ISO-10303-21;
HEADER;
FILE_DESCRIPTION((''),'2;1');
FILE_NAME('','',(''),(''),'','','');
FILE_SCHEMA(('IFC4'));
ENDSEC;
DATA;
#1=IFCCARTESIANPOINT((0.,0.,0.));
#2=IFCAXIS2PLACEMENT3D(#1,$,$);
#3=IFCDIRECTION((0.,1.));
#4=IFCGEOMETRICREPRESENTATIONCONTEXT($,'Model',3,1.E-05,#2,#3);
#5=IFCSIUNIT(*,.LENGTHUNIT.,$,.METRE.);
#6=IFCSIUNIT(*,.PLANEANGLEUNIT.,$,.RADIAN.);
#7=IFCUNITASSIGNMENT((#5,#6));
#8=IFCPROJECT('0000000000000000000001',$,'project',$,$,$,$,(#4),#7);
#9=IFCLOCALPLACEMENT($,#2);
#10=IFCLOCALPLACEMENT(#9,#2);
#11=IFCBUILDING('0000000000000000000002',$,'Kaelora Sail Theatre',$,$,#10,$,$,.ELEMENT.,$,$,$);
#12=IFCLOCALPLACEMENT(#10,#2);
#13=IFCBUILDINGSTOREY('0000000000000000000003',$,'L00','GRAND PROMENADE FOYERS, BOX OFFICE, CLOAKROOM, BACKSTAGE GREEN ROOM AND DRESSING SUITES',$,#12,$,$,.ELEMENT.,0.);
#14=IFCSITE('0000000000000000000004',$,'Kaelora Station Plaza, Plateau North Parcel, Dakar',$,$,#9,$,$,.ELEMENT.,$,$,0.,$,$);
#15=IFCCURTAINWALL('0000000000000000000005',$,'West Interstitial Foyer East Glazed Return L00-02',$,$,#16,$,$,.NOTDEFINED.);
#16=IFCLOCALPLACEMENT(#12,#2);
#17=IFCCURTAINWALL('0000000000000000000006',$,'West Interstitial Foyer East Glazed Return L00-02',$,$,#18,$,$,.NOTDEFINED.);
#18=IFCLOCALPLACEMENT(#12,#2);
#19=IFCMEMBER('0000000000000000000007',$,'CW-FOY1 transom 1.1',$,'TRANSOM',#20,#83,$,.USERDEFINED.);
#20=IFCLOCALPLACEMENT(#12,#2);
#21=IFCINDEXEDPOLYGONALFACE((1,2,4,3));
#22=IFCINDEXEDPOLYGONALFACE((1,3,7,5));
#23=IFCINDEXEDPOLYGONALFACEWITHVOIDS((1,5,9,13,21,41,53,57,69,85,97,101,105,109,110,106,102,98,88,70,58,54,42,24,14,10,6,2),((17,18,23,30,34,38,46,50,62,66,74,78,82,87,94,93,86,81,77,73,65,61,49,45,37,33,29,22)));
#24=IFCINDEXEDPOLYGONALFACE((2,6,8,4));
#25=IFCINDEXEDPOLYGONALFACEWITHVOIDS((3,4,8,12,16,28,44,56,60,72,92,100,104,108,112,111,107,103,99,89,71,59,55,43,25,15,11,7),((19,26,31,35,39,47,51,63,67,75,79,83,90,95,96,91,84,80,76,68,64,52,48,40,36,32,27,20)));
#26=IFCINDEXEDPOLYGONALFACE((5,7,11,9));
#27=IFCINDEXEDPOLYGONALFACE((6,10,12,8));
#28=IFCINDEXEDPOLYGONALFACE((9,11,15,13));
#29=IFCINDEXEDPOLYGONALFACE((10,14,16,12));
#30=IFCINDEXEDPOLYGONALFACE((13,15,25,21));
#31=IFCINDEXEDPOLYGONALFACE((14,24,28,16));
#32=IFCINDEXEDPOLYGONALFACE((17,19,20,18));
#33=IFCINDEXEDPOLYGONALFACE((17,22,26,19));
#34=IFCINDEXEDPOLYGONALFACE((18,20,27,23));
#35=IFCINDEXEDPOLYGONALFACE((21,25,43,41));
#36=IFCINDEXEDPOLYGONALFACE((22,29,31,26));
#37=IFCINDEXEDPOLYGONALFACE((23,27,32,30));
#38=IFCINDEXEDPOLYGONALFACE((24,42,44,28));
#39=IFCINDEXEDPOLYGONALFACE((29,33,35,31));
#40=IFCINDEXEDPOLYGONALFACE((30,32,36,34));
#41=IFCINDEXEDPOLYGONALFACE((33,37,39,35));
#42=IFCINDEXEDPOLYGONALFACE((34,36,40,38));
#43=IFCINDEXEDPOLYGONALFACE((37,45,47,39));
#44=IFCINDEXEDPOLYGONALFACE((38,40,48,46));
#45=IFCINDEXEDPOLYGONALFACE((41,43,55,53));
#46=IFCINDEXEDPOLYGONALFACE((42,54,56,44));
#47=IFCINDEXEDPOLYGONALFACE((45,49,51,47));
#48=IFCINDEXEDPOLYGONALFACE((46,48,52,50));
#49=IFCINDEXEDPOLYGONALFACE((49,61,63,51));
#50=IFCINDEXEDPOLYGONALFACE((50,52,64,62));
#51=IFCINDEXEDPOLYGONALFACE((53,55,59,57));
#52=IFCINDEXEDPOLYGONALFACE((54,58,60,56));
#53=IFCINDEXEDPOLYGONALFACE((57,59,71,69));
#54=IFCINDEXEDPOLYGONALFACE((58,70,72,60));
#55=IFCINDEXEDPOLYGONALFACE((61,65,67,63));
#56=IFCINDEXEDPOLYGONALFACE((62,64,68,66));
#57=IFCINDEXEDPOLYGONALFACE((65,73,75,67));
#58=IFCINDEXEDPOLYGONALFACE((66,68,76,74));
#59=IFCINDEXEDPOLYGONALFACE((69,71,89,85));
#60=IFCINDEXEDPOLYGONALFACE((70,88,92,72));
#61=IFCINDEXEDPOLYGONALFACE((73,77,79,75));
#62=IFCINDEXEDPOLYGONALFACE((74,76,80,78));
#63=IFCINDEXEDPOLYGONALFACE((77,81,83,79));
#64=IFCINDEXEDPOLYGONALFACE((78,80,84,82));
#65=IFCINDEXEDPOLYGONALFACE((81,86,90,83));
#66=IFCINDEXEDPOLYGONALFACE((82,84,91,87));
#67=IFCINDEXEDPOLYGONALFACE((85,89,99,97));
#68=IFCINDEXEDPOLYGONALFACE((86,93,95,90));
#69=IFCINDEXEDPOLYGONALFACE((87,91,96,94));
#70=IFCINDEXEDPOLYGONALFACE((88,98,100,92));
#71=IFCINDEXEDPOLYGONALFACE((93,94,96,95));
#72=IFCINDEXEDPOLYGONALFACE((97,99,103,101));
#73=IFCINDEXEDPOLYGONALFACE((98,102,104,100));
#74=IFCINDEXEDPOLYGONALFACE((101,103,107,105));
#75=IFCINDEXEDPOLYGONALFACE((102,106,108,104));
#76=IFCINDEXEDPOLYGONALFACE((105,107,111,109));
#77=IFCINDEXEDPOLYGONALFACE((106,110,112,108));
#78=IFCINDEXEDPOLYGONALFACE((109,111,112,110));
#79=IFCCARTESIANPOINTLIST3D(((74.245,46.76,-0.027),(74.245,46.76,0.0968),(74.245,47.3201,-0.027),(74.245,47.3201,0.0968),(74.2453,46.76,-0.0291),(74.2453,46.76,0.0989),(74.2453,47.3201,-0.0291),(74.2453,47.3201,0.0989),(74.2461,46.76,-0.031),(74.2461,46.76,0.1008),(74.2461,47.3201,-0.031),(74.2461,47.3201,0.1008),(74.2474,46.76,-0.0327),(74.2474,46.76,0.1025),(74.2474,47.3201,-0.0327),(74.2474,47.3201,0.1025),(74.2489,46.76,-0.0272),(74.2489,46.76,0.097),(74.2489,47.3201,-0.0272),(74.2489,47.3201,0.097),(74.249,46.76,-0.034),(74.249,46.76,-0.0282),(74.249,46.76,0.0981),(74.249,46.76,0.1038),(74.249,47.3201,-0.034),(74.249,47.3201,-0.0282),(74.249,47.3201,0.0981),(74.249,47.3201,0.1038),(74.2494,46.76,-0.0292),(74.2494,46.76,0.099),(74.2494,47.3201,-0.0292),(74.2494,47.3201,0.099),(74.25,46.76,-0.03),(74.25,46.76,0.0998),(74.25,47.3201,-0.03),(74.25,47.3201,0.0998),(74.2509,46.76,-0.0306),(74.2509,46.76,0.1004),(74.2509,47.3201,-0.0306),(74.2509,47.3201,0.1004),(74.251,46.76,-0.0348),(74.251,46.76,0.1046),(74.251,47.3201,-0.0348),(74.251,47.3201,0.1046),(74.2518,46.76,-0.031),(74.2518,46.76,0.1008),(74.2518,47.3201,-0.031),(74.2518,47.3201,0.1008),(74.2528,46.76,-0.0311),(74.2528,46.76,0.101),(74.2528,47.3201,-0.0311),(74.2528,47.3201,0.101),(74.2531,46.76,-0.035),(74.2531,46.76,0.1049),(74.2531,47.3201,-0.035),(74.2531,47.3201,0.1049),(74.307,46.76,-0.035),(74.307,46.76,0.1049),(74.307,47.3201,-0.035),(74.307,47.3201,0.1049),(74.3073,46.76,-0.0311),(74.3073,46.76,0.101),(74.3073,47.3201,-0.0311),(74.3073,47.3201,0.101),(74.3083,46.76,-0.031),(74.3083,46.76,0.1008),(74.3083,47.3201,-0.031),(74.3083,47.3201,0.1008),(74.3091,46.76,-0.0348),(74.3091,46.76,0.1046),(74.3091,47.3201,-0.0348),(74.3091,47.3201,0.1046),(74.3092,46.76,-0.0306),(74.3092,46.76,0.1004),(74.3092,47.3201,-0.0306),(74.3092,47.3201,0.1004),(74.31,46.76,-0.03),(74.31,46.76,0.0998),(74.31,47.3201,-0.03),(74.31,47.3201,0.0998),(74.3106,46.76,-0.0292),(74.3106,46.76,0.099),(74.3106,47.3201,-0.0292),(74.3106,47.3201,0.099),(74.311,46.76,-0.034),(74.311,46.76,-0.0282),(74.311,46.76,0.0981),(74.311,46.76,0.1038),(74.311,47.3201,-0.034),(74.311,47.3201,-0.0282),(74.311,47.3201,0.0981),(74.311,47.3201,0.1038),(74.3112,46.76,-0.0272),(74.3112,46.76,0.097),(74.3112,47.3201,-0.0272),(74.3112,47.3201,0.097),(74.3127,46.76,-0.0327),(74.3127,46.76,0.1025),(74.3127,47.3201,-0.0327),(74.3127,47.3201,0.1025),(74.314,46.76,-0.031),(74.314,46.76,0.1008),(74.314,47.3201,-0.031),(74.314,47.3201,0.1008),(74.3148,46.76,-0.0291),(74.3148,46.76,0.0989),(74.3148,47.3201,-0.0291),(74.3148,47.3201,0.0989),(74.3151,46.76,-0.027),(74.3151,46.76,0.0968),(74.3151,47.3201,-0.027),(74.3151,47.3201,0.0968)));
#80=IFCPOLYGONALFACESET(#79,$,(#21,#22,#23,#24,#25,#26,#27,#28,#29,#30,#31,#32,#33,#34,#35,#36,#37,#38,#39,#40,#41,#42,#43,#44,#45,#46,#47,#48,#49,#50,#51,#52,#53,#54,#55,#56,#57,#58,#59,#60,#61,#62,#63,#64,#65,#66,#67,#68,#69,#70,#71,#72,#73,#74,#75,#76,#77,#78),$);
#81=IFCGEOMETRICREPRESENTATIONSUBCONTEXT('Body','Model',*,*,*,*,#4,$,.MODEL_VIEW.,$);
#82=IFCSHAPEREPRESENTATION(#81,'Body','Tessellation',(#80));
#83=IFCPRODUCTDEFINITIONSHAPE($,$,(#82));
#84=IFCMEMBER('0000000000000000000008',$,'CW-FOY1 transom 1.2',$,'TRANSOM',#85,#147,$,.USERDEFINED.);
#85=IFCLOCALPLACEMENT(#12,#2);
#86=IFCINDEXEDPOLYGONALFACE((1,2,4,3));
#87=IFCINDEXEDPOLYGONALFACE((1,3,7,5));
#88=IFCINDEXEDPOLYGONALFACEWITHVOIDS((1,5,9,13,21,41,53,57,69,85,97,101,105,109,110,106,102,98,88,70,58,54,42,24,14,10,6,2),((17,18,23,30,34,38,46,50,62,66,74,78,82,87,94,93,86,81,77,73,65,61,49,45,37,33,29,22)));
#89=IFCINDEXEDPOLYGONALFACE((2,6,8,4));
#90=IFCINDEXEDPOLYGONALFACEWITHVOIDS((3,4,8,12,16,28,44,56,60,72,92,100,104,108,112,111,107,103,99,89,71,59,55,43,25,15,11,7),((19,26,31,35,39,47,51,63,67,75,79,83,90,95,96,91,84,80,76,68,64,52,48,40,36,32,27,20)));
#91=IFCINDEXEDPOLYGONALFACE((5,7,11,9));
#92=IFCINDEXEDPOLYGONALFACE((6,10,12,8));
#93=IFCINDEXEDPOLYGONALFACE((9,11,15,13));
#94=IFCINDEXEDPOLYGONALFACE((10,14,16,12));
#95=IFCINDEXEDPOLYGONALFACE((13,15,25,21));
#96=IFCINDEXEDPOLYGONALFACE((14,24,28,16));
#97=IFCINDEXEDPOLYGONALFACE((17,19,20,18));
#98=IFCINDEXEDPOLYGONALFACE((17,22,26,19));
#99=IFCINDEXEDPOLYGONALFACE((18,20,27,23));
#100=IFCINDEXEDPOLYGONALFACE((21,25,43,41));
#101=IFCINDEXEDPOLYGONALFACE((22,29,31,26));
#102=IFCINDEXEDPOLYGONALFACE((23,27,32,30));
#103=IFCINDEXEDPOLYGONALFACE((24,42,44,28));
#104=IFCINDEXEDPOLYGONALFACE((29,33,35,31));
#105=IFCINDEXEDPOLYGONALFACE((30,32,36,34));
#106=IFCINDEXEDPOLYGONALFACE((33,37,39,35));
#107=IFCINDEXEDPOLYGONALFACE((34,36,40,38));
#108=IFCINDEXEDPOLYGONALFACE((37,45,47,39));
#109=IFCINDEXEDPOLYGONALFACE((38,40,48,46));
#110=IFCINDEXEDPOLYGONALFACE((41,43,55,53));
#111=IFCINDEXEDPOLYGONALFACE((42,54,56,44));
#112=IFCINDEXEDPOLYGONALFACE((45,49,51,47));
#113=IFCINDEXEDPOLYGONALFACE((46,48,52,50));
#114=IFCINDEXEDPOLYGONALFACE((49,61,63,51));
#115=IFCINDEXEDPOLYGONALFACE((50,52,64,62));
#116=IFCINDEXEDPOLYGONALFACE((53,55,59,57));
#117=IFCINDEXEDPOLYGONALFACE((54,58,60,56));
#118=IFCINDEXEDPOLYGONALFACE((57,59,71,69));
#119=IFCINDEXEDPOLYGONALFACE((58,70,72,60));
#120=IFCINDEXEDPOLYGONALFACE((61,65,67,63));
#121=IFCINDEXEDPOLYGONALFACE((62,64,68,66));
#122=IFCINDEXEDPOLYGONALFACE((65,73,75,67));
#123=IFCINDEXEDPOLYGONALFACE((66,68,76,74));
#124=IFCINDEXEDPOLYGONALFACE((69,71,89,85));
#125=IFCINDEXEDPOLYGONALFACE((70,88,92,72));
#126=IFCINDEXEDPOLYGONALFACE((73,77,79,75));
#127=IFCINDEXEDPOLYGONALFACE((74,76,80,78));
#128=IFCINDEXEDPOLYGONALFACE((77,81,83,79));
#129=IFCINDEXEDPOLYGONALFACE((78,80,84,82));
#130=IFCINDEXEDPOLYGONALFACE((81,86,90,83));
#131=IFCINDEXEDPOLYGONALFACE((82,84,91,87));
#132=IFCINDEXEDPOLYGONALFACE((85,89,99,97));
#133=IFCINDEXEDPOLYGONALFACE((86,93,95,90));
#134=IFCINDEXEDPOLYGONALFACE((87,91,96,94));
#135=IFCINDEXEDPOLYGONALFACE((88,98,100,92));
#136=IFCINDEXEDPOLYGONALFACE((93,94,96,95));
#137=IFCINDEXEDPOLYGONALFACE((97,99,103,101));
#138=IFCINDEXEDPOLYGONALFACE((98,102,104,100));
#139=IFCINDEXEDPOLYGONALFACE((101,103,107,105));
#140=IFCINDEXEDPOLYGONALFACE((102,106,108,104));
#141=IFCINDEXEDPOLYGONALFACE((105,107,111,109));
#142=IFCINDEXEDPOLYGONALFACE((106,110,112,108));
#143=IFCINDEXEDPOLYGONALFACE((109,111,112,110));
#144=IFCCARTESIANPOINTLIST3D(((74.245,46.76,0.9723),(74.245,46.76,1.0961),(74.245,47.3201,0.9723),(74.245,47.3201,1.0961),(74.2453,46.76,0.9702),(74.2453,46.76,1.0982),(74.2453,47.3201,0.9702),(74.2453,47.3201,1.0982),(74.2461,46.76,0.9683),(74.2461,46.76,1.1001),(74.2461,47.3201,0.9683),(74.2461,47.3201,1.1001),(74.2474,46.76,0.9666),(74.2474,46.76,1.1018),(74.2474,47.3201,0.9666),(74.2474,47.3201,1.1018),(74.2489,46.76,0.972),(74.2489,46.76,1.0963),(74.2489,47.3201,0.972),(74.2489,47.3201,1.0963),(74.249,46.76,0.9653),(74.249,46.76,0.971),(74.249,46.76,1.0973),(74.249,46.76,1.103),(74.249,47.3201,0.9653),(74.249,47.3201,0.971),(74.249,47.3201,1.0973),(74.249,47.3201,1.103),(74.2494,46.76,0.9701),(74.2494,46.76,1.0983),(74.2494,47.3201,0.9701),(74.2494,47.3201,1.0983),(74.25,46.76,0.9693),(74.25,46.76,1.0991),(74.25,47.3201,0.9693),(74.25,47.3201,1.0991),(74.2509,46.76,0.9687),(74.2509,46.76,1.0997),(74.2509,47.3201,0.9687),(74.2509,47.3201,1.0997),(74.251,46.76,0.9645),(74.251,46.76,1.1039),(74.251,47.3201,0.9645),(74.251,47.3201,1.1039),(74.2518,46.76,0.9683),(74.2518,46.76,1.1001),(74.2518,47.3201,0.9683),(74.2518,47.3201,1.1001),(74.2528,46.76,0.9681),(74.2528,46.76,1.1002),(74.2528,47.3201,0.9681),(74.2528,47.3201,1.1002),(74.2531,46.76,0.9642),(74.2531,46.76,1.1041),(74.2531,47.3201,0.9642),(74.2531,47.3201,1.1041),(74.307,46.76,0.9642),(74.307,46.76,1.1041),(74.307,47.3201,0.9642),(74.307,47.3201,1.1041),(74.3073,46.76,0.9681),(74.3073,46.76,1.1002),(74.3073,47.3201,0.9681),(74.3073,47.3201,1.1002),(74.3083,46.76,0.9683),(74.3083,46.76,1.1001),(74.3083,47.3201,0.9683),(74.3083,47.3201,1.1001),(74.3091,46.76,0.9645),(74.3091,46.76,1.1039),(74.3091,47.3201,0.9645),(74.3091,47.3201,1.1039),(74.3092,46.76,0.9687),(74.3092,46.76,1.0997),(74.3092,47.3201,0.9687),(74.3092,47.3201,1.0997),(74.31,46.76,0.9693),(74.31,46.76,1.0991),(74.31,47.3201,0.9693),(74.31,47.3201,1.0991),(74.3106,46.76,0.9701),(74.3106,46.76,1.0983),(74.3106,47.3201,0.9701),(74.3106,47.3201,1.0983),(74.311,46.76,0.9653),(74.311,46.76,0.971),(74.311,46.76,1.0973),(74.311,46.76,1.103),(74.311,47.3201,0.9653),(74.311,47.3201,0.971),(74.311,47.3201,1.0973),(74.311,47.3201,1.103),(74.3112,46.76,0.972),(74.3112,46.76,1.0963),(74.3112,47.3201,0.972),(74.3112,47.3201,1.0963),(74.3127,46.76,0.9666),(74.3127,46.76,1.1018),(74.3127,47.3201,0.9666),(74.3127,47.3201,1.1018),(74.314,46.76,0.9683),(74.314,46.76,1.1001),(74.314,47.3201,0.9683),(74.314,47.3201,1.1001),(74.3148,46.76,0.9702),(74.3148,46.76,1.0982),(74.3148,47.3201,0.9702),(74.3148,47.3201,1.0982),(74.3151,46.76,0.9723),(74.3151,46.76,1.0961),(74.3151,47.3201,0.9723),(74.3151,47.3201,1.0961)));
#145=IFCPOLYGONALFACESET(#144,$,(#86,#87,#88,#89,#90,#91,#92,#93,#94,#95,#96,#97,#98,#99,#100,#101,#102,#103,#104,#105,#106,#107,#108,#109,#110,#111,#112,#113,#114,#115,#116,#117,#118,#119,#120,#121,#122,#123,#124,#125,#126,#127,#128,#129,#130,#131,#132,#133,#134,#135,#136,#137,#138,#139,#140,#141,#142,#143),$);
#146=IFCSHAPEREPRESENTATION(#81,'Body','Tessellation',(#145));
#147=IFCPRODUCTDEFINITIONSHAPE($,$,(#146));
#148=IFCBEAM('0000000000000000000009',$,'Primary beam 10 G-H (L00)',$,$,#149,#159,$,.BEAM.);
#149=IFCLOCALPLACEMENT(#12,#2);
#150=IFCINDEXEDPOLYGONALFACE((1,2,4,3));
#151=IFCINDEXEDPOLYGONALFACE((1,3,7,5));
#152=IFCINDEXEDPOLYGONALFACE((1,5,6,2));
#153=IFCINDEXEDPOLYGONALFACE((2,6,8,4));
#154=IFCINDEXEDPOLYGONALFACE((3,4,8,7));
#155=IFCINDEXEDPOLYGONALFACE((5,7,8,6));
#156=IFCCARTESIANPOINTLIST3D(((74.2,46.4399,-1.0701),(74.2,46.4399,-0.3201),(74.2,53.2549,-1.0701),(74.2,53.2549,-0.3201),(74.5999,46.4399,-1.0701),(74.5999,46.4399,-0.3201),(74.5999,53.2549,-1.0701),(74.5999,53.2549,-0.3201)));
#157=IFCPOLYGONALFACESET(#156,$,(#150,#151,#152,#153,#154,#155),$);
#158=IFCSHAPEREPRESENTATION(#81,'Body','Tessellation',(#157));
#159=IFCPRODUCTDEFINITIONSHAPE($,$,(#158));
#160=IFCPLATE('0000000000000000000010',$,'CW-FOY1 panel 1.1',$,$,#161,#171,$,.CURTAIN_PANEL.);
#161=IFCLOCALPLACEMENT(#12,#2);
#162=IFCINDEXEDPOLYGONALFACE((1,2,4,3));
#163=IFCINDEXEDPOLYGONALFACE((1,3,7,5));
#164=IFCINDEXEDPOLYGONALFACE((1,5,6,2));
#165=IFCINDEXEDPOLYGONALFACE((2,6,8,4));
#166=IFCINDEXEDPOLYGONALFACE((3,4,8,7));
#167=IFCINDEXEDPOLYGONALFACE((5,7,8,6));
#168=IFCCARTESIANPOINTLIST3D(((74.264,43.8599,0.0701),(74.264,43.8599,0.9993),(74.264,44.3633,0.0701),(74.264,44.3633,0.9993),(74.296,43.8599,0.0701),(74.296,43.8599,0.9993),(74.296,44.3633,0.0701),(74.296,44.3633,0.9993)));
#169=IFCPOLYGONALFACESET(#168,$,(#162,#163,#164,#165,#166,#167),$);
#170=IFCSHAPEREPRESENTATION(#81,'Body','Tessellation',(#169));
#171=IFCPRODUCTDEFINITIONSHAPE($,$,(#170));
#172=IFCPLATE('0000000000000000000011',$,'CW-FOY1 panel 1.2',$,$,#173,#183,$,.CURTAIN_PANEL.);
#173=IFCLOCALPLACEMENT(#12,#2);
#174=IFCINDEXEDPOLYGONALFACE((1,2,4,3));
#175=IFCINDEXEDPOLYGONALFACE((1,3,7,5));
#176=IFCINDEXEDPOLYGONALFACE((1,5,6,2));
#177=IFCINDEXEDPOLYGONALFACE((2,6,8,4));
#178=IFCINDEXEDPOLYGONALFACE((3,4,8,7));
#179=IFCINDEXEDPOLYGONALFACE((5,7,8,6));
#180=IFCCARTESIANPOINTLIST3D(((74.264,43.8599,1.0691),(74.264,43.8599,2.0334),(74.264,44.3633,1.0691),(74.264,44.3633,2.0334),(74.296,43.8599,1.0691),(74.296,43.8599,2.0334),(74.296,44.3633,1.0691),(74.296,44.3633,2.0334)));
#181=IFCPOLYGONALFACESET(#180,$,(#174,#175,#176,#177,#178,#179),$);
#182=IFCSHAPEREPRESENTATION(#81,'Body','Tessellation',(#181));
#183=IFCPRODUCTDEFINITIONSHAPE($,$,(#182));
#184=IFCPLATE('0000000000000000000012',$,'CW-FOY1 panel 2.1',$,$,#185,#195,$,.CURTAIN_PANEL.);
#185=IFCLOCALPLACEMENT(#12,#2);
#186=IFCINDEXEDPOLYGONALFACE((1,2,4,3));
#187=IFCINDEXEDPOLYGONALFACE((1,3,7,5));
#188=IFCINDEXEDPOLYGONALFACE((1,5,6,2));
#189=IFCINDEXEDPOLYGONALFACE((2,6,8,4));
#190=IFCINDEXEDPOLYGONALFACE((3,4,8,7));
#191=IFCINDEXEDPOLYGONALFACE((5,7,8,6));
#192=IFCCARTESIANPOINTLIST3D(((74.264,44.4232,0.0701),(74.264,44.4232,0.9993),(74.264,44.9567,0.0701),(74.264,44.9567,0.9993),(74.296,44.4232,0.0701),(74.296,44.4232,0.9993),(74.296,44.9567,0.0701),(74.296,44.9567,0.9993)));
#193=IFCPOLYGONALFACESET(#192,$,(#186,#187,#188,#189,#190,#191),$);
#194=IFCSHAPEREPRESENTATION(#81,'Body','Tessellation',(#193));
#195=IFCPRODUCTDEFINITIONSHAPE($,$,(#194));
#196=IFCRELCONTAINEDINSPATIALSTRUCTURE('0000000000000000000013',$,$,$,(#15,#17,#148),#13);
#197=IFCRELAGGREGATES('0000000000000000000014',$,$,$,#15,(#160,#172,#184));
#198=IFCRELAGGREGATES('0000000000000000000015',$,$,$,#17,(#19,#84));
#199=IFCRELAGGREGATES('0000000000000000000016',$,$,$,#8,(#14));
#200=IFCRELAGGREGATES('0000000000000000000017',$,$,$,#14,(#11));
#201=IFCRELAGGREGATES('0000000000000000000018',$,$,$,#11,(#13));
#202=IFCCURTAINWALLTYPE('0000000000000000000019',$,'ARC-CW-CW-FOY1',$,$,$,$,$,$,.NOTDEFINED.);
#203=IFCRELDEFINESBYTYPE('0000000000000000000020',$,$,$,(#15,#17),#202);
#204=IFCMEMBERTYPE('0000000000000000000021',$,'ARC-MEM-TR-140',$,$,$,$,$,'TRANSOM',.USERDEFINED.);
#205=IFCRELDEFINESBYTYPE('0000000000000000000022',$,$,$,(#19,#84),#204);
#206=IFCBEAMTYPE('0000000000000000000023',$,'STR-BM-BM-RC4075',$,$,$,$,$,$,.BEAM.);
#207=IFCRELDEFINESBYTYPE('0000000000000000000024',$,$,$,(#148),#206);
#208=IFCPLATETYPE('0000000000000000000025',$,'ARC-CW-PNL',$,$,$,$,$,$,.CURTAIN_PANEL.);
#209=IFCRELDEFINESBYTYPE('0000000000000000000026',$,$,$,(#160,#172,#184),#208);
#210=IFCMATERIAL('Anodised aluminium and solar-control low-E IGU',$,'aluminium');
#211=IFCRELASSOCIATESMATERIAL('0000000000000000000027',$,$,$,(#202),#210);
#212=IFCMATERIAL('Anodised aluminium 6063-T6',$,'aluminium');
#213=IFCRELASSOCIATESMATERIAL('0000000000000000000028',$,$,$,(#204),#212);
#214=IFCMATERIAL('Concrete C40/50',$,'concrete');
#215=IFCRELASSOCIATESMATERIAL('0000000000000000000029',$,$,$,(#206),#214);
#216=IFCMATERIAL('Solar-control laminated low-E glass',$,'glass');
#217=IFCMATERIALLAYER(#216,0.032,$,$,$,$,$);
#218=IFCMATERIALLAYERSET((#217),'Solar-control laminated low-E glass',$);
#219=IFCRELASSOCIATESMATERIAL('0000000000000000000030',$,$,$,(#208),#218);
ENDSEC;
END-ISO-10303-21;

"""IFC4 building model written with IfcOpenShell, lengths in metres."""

from ifc_helpers import new_model, si_unit, direction, frame, origin, origin_2d, place, context, subcontext, project, spatial, rectangle, hollow_rectangle, extrude, material, layer, layer_set, material_profile, profile_set, type_object, element, aggregate, save


model = new_model("IFC4")

# Units and contexts
model_context = context("Model", 3, precision=1e-05, world=origin(), true_north=direction((0.0, 1.0)))
body_context = subcontext(model_context, "Body", "Model", "MODEL_VIEW")
ifc_project = project(units=[si_unit("LENGTHUNIT", "METRE"), si_unit("PLANEANGLEUNIT", "RADIAN")], contexts=[model_context])

# Site, building, storey
site_placement = place(None, origin())
site = spatial("IfcSite", under=ifc_project, at=site_placement, Name="Kaelora Station Plaza, Plateau North Parcel, Dakar", CompositionType="ELEMENT", RefElevation=0.0)
building_placement = place(site_placement, origin())
building = spatial("IfcBuilding", under=site, at=building_placement, Name="Kaelora Sail Theatre", CompositionType="ELEMENT")
storey_placement = place(building_placement, origin())
storey = spatial("IfcBuildingStorey", under=building, at=storey_placement, Name="L00", Description="GRAND PROMENADE FOYERS, BOX OFFICE, CLOAKROOM, BACKSTAGE GREEN ROOM AND DRESSING SUITES", CompositionType="ELEMENT", Elevation=0.0)

# Curtain wall
ifc_material_1 = material(Name="Anodised aluminium and solar-control low-E IGU", Category="aluminium")
curtain_wall_type = type_object("IfcCurtainWallType", Name="ARC-CW-CW-FOY1", PredefinedType="NOTDEFINED", material=ifc_material_1)
curtain_wall_1_placement = place(storey_placement, origin())
curtain_wall_1 = element("IfcCurtainWall", 1, at=curtain_wall_1_placement, inside=storey, type_object=curtain_wall_type, Name="West Interstitial Foyer East Glazed Return L00-02", PredefinedType="NOTDEFINED")

# Curtain wall
curtain_wall_2_placement = place(storey_placement, origin())
curtain_wall_2 = element("IfcCurtainWall", 2, at=curtain_wall_2_placement, inside=storey, type_object=curtain_wall_type, Name="West Interstitial Foyer East Glazed Return L00-02", PredefinedType="NOTDEFINED")

# Members
ifc_material_2 = material(Name="Anodised aluminium 6063-T6", Category="aluminium")
ifc_material_profile_1 = material_profile(ifc_material_2, hollow_rectangle(XDim=0.0701, YDim=0.1399, WallThickness=0.0039, InnerFilletRadius=0.0039, OuterFilletRadius=0.0081, at=origin_2d()), Name="ALU-TRAN 70x140x4")
ifc_profile_set_1 = profile_set([ifc_material_profile_1], Name="Anodised aluminium 6063-T6")
member_type_1 = type_object("IfcMemberType", Name="ARC-MEM-TR-140", ElementType="TRANSOM", PredefinedType="USERDEFINED", material=ifc_profile_set_1)
member_1_placement = place(storey_placement, frame((74.28, 46.76, 0.0349), z_axis=(0.0, 1.0, 0.0), x_axis=(-1.0, 0.0, 0.0)))
member_1 = element("IfcMember", 3, at=member_1_placement, type_object=member_type_1, Name="CW-FOY1 transom 1.1", ObjectType="TRANSOM", PredefinedType="USERDEFINED", context=body_context, shape_type="SweptSolid", body=[
    extrude(hollow_rectangle(XDim=0.0701, YDim=0.1399, WallThickness=0.0039, InnerFilletRadius=0.0039, OuterFilletRadius=0.0081, at=origin_2d()), origin(), (0.0, 0.0, 1.0), 0.5601),
])
member_2_placement = place(storey_placement, frame((74.28, 46.76, 1.0342), z_axis=(0.0, 1.0, 0.0), x_axis=(-1.0, 0.0, 0.0)))
member_2 = element("IfcMember", 4, at=member_2_placement, type_object=member_type_1, Name="CW-FOY1 transom 1.2", ObjectType="TRANSOM", PredefinedType="USERDEFINED", context=body_context, shape_type="SweptSolid", body=[
    extrude(hollow_rectangle(XDim=0.0701, YDim=0.1399, WallThickness=0.0039, InnerFilletRadius=0.0039, OuterFilletRadius=0.0081, at=origin_2d()), origin(), (0.0, 0.0, 1.0), 0.5601),
])

# Beam
ifc_material_3 = material(Name="Concrete C40/50", Category="concrete")
ifc_material_profile_2 = material_profile(ifc_material_3, rectangle(XDim=0.3999, YDim=0.75, at=origin_2d()), Name="RC-BM 400x750")
ifc_profile_set_2 = profile_set([ifc_material_profile_2], Name="Concrete C40/50")
beam_type = type_object("IfcBeamType", Name="STR-BM-BM-RC4075", PredefinedType="BEAM", material=ifc_profile_set_2)
beam_placement = place(storey_placement, frame((74.3999, 46.4399, -0.6951), z_axis=(0.0, 1.0, 0.0), x_axis=(-1.0, 0.0, 0.0)))
element("IfcBeam", 5, at=beam_placement, inside=storey, type_object=beam_type, Name="Primary beam 10 G-H (L00)", PredefinedType="BEAM", context=body_context, shape_type="SweptSolid", body=[
    extrude(rectangle(XDim=0.3999, YDim=0.75, at=origin_2d()), origin(), (0.0, 0.0, 1.0), 6.8149),
])

# Plates
ifc_material_4 = material(Name="Solar-control laminated low-E glass", Category="glass")
ifc_layer = layer(ifc_material_4, 0.032)
ifc_layer_set = layer_set([ifc_layer], Name="Solar-control laminated low-E glass")
plate_type = type_object("IfcPlateType", Name="ARC-CW-PNL", PredefinedType="CURTAIN_PANEL", material=ifc_layer_set)
plate_1_placement = place(storey_placement, frame((74.28, 44.1116, 0.0701), z_axis=(0.0, 0.0, 1.0), x_axis=(0.0, 1.0, 0.0)))
plate_1 = element("IfcPlate", 6, at=plate_1_placement, type_object=plate_type, Name="CW-FOY1 panel 1.1", PredefinedType="CURTAIN_PANEL", context=body_context, shape_type="SweptSolid", body=[
    extrude(rectangle(XDim=0.5034, YDim=0.032, at=origin_2d()), origin(), (0.0, 0.0, 1.0), 0.9292),
])
plate_2_placement = place(storey_placement, frame((74.28, 44.1116, 1.0691), z_axis=(0.0, 0.0, 1.0), x_axis=(0.0, 1.0, 0.0)))
plate_2 = element("IfcPlate", 7, at=plate_2_placement, type_object=plate_type, Name="CW-FOY1 panel 1.2", PredefinedType="CURTAIN_PANEL", context=body_context, shape_type="SweptSolid", body=[
    extrude(rectangle(XDim=0.5034, YDim=0.032, at=origin_2d()), origin(), (0.0, 0.0, 1.0), 0.9644),
])
plate_3_placement = place(storey_placement, frame((74.28, 44.6899, 0.0701), z_axis=(0.0, 0.0, 1.0), x_axis=(0.0, 1.0, 0.0)))
plate_3 = element("IfcPlate", 8, at=plate_3_placement, type_object=plate_type, Name="CW-FOY1 panel 2.1", PredefinedType="CURTAIN_PANEL", context=body_context, shape_type="SweptSolid", body=[
    extrude(rectangle(XDim=0.5334, YDim=0.032, at=origin_2d()), origin(), (0.0, 0.0, 1.0), 0.9292),
])
aggregate(curtain_wall_1, [plate_1, plate_2, plate_3])
aggregate(curtain_wall_2, [member_1, member_2])

save(model, "model.ifc")
